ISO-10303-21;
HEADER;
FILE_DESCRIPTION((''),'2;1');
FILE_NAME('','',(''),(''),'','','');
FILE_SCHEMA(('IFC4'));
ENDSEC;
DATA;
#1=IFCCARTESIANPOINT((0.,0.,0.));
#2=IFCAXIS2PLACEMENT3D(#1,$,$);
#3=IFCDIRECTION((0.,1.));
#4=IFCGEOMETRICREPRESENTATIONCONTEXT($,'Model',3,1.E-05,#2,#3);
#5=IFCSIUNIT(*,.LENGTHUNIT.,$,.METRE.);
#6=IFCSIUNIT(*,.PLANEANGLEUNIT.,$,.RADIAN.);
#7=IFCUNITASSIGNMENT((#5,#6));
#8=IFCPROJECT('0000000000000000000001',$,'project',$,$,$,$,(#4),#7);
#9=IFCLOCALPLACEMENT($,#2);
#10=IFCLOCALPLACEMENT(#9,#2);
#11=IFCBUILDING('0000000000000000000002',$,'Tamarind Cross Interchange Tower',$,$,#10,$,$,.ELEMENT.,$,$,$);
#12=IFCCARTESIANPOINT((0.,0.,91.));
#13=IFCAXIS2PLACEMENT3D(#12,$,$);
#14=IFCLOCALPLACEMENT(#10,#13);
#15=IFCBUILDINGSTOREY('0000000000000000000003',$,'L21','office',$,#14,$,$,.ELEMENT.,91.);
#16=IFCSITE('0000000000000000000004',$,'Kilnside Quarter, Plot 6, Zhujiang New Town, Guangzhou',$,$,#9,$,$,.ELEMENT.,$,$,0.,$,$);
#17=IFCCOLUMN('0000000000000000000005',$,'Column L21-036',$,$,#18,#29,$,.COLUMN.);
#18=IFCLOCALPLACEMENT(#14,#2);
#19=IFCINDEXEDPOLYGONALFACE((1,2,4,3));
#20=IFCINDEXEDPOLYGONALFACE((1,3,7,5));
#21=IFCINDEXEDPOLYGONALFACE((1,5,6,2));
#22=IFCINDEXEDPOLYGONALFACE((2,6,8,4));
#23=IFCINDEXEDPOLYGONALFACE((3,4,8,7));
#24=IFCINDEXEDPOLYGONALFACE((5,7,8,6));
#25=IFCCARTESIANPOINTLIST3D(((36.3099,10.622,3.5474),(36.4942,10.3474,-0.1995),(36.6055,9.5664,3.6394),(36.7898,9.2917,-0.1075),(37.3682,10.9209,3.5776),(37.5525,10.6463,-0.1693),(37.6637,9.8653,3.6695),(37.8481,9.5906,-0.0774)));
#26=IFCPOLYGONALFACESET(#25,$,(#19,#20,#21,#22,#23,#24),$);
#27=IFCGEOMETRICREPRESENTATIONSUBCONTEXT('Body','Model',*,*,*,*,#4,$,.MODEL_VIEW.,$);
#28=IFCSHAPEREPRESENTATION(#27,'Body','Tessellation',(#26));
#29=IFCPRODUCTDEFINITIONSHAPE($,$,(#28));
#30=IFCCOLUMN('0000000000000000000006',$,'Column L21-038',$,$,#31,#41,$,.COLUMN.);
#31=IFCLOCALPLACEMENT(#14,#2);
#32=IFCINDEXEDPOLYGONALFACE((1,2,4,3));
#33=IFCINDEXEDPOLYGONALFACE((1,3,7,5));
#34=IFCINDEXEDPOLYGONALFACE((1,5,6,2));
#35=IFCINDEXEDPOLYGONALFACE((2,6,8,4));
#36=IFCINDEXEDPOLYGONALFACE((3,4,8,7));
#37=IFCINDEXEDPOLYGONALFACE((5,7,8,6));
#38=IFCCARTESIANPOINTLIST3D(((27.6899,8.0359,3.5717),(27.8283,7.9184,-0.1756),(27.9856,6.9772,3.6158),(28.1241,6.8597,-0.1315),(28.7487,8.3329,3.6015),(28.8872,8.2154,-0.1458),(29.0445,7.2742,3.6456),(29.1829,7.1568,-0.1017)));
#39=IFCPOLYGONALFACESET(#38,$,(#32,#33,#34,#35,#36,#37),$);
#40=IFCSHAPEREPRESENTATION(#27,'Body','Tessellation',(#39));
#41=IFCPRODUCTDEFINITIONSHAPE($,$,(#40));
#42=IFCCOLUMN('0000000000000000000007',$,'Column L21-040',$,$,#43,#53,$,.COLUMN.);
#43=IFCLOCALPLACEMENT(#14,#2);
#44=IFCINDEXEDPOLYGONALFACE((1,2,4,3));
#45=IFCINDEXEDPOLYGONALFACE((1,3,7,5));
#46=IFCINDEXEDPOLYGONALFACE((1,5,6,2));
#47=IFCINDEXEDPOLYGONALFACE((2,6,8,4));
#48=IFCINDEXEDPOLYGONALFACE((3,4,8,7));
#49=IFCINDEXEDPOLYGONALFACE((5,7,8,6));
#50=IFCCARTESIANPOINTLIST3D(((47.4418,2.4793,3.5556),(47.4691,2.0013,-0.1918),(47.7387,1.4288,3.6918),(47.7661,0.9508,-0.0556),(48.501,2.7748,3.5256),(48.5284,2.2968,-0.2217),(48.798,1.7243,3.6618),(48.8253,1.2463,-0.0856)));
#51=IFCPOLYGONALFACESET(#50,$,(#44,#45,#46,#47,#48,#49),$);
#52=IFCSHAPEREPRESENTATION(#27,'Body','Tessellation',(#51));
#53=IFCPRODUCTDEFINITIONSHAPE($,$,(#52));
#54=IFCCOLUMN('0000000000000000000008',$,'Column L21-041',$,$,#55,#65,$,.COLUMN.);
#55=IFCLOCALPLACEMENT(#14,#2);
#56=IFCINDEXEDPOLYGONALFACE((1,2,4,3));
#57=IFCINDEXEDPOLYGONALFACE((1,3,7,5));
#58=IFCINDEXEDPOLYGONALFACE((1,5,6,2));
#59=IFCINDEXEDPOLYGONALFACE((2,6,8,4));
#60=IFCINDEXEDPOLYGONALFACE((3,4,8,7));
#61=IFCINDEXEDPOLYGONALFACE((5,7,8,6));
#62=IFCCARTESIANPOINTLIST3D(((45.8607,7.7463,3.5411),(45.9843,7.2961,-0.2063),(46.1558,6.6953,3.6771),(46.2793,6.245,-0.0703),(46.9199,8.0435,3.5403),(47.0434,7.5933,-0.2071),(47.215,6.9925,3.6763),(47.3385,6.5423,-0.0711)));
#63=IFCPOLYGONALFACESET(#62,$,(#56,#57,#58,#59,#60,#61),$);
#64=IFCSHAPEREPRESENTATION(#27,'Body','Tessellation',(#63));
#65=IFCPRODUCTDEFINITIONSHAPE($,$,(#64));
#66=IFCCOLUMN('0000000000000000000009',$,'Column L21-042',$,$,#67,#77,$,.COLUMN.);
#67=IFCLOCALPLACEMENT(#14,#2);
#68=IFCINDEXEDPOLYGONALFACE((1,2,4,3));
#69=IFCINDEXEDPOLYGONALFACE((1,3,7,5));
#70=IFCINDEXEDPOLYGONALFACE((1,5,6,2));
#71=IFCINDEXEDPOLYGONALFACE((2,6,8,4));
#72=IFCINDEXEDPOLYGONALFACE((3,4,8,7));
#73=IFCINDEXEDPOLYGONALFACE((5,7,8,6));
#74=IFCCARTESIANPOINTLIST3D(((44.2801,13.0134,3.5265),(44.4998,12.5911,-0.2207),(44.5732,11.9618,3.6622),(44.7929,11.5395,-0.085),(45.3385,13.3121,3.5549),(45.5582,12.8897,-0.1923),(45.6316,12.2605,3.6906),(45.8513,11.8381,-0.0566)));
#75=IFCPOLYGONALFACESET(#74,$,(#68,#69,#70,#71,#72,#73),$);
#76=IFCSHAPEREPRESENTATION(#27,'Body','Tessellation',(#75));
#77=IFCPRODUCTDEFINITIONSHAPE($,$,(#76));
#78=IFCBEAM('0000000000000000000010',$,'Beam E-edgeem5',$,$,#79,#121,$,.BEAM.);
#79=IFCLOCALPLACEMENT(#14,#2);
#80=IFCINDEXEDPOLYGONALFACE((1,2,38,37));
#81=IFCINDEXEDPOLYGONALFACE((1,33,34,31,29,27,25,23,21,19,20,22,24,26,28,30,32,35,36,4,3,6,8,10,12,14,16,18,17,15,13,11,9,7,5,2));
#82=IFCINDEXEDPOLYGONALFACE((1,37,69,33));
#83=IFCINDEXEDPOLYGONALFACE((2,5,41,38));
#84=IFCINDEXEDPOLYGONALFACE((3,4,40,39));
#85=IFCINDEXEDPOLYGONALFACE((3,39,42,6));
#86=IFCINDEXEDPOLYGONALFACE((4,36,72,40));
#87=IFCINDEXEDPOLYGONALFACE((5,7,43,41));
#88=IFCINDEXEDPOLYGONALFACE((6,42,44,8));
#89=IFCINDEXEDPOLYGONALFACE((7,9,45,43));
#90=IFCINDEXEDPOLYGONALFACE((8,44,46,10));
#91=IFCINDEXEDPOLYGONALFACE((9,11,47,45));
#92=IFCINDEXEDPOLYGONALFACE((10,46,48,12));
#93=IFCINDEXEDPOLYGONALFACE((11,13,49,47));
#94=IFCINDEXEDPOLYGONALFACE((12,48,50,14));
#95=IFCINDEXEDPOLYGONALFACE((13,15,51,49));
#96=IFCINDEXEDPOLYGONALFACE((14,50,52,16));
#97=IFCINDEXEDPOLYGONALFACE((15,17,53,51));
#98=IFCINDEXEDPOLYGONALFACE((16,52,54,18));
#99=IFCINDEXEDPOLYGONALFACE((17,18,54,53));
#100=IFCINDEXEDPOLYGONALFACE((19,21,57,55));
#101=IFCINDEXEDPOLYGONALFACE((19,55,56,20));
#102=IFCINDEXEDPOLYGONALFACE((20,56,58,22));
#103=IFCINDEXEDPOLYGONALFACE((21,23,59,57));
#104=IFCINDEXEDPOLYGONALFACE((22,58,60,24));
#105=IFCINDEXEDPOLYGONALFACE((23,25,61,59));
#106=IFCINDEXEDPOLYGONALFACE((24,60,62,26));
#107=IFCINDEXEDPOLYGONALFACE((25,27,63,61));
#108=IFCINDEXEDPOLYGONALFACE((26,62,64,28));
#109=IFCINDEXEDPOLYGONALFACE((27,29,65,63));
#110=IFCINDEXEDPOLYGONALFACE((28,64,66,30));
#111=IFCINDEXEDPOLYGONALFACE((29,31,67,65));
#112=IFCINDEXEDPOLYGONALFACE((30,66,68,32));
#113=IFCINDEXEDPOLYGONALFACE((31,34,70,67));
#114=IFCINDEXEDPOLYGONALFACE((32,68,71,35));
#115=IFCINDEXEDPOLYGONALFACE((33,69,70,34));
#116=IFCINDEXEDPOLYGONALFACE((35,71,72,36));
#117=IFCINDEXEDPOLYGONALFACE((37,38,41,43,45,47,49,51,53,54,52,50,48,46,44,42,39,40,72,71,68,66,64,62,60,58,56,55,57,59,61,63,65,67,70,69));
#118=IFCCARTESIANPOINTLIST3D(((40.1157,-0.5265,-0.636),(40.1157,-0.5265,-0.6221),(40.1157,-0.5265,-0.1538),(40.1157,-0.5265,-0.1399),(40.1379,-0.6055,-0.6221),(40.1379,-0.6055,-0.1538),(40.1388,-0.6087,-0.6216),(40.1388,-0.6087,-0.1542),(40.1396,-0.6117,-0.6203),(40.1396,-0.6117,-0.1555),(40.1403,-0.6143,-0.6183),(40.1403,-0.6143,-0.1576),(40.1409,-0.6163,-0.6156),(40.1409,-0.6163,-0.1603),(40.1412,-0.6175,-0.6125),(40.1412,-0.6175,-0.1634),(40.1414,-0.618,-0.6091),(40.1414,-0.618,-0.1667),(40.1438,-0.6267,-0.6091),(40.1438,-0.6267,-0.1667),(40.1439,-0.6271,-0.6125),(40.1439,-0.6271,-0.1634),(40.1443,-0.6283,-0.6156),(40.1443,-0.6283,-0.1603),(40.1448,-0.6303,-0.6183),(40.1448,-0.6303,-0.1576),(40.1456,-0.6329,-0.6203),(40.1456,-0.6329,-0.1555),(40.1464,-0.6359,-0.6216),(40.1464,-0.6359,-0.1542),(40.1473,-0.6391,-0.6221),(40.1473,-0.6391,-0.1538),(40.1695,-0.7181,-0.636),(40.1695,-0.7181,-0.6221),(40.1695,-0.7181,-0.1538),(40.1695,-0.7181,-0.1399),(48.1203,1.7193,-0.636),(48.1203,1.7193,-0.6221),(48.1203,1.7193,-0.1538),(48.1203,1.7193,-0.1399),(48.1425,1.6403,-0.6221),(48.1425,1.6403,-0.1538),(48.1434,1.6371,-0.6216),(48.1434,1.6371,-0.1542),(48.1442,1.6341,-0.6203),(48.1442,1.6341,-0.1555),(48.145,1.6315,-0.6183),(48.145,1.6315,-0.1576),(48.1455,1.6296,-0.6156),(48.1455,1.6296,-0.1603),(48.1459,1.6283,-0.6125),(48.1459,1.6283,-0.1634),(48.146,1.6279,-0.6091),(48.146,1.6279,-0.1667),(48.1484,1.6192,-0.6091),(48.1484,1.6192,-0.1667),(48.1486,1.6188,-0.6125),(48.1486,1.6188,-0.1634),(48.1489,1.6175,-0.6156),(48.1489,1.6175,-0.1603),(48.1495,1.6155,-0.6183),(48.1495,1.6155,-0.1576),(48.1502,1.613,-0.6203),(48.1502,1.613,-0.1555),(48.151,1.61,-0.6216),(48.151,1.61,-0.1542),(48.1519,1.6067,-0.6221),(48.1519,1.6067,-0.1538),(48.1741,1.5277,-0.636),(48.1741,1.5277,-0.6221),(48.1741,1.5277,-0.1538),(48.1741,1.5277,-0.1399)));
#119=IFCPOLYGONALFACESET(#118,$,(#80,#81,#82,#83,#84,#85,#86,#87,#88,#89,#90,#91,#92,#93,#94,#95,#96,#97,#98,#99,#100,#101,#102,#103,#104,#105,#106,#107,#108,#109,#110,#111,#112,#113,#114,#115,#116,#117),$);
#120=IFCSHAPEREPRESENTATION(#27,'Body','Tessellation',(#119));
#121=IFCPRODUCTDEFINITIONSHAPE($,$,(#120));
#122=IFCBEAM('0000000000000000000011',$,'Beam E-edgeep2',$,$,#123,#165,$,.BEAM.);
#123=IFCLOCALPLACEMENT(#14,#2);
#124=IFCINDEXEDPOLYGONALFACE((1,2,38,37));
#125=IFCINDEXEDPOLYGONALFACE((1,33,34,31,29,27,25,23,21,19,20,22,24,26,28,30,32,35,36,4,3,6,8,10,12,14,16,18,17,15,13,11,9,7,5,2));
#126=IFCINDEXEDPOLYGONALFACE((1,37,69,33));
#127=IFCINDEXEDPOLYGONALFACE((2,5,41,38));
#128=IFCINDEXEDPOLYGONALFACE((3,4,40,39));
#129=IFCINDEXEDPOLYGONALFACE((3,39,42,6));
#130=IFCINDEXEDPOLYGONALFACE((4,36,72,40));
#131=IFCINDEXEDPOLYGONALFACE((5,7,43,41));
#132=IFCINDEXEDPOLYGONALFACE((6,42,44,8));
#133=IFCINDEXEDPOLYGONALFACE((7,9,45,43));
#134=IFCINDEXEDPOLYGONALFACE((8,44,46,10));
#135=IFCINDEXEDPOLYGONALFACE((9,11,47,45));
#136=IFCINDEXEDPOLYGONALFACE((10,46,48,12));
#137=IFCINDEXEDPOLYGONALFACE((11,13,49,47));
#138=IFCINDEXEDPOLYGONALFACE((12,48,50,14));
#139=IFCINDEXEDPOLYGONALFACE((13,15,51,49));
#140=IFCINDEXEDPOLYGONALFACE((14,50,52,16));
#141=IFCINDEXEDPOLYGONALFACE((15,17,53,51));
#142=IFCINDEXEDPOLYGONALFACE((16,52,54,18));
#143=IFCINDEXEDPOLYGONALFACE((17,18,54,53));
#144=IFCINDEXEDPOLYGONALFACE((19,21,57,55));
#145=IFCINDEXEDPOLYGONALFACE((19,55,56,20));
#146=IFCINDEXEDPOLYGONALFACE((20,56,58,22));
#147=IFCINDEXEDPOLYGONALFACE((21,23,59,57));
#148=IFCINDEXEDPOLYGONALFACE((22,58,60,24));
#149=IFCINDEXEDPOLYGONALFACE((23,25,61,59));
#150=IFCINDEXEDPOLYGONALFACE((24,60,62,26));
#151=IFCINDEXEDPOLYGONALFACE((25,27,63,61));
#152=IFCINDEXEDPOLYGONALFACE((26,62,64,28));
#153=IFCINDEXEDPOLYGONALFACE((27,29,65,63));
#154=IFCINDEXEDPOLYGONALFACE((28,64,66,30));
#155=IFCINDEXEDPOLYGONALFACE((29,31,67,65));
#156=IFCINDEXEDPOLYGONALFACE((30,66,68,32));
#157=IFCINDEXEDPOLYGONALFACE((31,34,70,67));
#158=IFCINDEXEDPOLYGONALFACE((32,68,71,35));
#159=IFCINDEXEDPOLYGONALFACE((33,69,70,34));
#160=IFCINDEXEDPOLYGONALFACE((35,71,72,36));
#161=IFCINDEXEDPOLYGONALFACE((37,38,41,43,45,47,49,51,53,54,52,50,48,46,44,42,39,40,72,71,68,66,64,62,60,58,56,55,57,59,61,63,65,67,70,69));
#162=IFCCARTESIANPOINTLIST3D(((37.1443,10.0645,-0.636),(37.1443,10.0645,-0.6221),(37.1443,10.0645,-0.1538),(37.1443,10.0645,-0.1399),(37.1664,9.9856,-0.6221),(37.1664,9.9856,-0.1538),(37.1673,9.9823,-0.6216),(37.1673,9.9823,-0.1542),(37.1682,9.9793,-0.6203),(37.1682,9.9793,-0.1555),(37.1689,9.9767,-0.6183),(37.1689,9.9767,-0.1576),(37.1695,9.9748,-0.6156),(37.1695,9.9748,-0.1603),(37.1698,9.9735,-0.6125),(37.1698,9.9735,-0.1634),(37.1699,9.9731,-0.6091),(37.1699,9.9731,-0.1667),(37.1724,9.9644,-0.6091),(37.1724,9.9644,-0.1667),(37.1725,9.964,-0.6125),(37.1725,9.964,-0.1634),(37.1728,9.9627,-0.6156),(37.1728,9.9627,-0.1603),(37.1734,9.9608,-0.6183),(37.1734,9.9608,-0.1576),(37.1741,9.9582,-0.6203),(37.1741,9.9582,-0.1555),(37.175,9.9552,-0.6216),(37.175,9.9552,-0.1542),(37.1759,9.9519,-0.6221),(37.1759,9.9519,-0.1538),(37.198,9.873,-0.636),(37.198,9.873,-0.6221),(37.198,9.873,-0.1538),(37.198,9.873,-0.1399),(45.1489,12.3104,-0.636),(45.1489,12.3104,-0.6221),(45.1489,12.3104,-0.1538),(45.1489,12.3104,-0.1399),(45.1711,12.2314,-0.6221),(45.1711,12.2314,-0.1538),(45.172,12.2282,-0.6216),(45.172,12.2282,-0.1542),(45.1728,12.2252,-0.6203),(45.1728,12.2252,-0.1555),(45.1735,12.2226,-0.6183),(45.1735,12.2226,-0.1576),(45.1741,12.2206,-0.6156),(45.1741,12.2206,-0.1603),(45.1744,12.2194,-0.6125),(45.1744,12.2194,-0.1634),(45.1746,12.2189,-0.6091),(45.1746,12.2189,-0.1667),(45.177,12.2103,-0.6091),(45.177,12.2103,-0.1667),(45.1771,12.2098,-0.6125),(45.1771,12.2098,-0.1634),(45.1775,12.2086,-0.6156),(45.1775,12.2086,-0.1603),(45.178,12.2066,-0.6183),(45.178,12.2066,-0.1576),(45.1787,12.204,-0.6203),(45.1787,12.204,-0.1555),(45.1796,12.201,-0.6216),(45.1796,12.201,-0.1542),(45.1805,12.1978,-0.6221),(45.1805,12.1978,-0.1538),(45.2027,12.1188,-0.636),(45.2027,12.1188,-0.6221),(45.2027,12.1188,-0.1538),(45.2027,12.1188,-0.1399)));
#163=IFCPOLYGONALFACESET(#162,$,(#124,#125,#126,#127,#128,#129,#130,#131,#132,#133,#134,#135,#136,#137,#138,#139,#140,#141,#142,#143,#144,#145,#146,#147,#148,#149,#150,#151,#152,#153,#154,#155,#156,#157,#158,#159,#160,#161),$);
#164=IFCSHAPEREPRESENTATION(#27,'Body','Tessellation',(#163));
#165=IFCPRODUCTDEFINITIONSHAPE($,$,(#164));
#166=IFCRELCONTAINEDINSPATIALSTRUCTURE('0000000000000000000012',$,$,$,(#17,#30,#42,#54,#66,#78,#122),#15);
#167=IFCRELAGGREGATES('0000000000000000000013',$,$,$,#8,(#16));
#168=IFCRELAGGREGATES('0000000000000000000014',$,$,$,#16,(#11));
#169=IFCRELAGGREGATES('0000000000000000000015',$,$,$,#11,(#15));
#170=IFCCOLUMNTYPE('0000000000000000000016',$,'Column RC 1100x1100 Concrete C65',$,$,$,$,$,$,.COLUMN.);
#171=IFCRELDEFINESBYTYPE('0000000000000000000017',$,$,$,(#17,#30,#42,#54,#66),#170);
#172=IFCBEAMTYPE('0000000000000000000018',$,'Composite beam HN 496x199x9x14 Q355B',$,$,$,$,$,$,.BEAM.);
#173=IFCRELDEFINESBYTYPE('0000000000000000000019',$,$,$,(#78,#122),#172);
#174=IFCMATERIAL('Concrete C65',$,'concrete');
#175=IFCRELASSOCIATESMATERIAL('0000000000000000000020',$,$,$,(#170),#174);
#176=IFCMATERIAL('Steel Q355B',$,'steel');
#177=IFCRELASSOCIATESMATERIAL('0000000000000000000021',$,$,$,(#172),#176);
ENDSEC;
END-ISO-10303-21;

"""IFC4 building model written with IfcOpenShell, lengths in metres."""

from ifc_helpers import new_model, si_unit, direction, frame, origin, origin_2d, place, context, subcontext, project, spatial, rectangle, i_section, extrude, material, material_profile, profile_set, type_object, element, save


model = new_model("IFC4")

# Units and contexts
model_context = context("Model", 3, precision=1e-05, world=origin(), true_north=direction((0.0, 1.0)))
body_context = subcontext(model_context, "Body", "Model", "MODEL_VIEW")
ifc_project = project(units=[si_unit("LENGTHUNIT", "METRE"), si_unit("PLANEANGLEUNIT", "RADIAN")], contexts=[model_context])

# Site, building, storey
site_placement = place(None, origin())
site = spatial("IfcSite", under=ifc_project, at=site_placement, Name="Kilnside Quarter, Plot 6, Zhujiang New Town, Guangzhou", CompositionType="ELEMENT", RefElevation=0.0)
building_placement = place(site_placement, origin())
building = spatial("IfcBuilding", under=site, at=building_placement, Name="Tamarind Cross Interchange Tower", CompositionType="ELEMENT")
storey_placement = place(building_placement, frame((0.0, 0.0, 91.0)))
storey = spatial("IfcBuildingStorey", under=building, at=storey_placement, Name="L21", Description="office", CompositionType="ELEMENT", Elevation=91.0)

# Columns
ifc_material_1 = material(Name="Concrete C65", Category="concrete")
ifc_material_profile_1 = material_profile(ifc_material_1, rectangle(XDim=1.1001, YDim=1.1001, at=origin_2d()), Name="RC 1100x1100")
ifc_profile_set_1 = profile_set([ifc_material_profile_1], Name="Concrete C65")
column_type = type_object("IfcColumnType", Name="Column RC 1100x1100 Concrete C65", PredefinedType="COLUMN", material=ifc_profile_set_1)
column_1_placement = place(storey_placement, frame((37.1711, 9.969, -0.1384), z_axis=(-0.049005, 0.07302, 0.996126), x_axis=(0.268669, -0.959601, 0.08356)))
element("IfcColumn", 1, at=column_1_placement, inside=storey, type_object=column_type, Name="Column L21-036", PredefinedType="COLUMN", context=body_context, shape_type="SweptSolid", body=[
    extrude(rectangle(XDim=1.1001, YDim=1.1001, at=origin_2d()), origin(), (0.0, 0.0, 1.0), 3.7615),
])
column_2_placement = place(storey_placement, frame((28.5056, 7.5376, -0.1387), z_axis=(-0.036897, 0.031301, 0.998829), x_axis=(0.268825, -0.962354, 0.040088)))
element("IfcColumn", 2, at=column_2_placement, inside=storey, type_object=column_type, Name="Column L21-038", PredefinedType="COLUMN", context=body_context, shape_type="SweptSolid", body=[
    extrude(rectangle(XDim=1.1001, YDim=1.1001, at=origin_2d()), origin(), (0.0, 0.0, 1.0), 3.7517),
])
column_3_placement = place(storey_placement, frame((48.1472, 1.6238, -0.1387), z_axis=(-0.007238, 0.126537, 0.991936), x_axis=(-0.962857, -0.268633, 0.027242)))
element("IfcColumn", 3, at=column_3_placement, inside=storey, type_object=column_type, Name="Column L21-040", PredefinedType="COLUMN", context=body_context, shape_type="SweptSolid", body=[
    extrude(rectangle(XDim=1.1001, YDim=1.1001, at=origin_2d()), origin(), (0.0, 0.0, 1.0), 3.7778),
])
column_4_placement = place(storey_placement, frame((46.6614, 6.9192, -0.1387), z_axis=(-0.032713, 0.119217, 0.992329), x_axis=(-0.962801, -0.270211, 0.000723)))
element("IfcColumn", 4, at=column_4_placement, inside=storey, type_object=column_type, Name="Column L21-041", PredefinedType="COLUMN", context=body_context, shape_type="SweptSolid", body=[
    extrude(rectangle(XDim=1.1001, YDim=1.1001, at=origin_2d()), origin(), (0.0, 0.0, 1.0), 3.7764),
])
column_5_placement = place(storey_placement, frame((45.1755, 12.2146, -0.1387), z_axis=(-0.058168, 0.111812, 0.992025), x_axis=(0.266445, -0.955923, 0.123366)))
element("IfcColumn", 5, at=column_5_placement, inside=storey, type_object=column_type, Name="Column L21-042", PredefinedType="COLUMN", context=body_context, shape_type="SweptSolid", body=[
    extrude(rectangle(XDim=1.1001, YDim=1.1001, at=origin_2d()), origin(), (0.0, 0.0, 1.0), 3.7773),
])

# Beams
ifc_material_2 = material(Name="Steel Q355B", Category="steel")
ifc_material_profile_2 = material_profile(ifc_material_2, i_section(OverallWidth=0.199, OverallDepth=0.4961, WebThickness=0.009, FlangeThickness=0.0139, FilletRadius=0.0129, at=origin_2d()), Name="HN 496x199x9x14")
ifc_profile_set_2 = profile_set([ifc_material_profile_2], Name="Steel Q355B")
beam_type_1 = type_object("IfcBeamType", Name="Composite beam HN 496x199x9x14 Q355B", PredefinedType="BEAM", material=ifc_profile_set_2)
for number, where, z_axis, x_axis, name in (
    (6, (48.1472, 1.6235, -0.3879), (-0.962822, -0.270137, 0.0), (0.270137, -0.962822, 0.0), "Beam E-edgeem5"),
    (7, (45.1758, 12.2146, -0.3879), (-0.962822, -0.270137, 0.0), (0.270137, -0.962822, 0.0), "Beam E-edgeep2"),
):
    element("IfcBeam", number, at=place(storey_placement, frame(where, z_axis=z_axis, x_axis=x_axis)), inside=storey, type_object=beam_type_1, Name=name, PredefinedType="BEAM", context=body_context, shape_type="SweptSolid", body=[
        extrude(i_section(OverallWidth=0.199, OverallDepth=0.4961, WebThickness=0.009, FlangeThickness=0.0139, FilletRadius=0.0129, at=origin_2d()), origin(), (0.0, 0.0, 1.0), 8.3137),
    ])

save(model, "model.ifc")
